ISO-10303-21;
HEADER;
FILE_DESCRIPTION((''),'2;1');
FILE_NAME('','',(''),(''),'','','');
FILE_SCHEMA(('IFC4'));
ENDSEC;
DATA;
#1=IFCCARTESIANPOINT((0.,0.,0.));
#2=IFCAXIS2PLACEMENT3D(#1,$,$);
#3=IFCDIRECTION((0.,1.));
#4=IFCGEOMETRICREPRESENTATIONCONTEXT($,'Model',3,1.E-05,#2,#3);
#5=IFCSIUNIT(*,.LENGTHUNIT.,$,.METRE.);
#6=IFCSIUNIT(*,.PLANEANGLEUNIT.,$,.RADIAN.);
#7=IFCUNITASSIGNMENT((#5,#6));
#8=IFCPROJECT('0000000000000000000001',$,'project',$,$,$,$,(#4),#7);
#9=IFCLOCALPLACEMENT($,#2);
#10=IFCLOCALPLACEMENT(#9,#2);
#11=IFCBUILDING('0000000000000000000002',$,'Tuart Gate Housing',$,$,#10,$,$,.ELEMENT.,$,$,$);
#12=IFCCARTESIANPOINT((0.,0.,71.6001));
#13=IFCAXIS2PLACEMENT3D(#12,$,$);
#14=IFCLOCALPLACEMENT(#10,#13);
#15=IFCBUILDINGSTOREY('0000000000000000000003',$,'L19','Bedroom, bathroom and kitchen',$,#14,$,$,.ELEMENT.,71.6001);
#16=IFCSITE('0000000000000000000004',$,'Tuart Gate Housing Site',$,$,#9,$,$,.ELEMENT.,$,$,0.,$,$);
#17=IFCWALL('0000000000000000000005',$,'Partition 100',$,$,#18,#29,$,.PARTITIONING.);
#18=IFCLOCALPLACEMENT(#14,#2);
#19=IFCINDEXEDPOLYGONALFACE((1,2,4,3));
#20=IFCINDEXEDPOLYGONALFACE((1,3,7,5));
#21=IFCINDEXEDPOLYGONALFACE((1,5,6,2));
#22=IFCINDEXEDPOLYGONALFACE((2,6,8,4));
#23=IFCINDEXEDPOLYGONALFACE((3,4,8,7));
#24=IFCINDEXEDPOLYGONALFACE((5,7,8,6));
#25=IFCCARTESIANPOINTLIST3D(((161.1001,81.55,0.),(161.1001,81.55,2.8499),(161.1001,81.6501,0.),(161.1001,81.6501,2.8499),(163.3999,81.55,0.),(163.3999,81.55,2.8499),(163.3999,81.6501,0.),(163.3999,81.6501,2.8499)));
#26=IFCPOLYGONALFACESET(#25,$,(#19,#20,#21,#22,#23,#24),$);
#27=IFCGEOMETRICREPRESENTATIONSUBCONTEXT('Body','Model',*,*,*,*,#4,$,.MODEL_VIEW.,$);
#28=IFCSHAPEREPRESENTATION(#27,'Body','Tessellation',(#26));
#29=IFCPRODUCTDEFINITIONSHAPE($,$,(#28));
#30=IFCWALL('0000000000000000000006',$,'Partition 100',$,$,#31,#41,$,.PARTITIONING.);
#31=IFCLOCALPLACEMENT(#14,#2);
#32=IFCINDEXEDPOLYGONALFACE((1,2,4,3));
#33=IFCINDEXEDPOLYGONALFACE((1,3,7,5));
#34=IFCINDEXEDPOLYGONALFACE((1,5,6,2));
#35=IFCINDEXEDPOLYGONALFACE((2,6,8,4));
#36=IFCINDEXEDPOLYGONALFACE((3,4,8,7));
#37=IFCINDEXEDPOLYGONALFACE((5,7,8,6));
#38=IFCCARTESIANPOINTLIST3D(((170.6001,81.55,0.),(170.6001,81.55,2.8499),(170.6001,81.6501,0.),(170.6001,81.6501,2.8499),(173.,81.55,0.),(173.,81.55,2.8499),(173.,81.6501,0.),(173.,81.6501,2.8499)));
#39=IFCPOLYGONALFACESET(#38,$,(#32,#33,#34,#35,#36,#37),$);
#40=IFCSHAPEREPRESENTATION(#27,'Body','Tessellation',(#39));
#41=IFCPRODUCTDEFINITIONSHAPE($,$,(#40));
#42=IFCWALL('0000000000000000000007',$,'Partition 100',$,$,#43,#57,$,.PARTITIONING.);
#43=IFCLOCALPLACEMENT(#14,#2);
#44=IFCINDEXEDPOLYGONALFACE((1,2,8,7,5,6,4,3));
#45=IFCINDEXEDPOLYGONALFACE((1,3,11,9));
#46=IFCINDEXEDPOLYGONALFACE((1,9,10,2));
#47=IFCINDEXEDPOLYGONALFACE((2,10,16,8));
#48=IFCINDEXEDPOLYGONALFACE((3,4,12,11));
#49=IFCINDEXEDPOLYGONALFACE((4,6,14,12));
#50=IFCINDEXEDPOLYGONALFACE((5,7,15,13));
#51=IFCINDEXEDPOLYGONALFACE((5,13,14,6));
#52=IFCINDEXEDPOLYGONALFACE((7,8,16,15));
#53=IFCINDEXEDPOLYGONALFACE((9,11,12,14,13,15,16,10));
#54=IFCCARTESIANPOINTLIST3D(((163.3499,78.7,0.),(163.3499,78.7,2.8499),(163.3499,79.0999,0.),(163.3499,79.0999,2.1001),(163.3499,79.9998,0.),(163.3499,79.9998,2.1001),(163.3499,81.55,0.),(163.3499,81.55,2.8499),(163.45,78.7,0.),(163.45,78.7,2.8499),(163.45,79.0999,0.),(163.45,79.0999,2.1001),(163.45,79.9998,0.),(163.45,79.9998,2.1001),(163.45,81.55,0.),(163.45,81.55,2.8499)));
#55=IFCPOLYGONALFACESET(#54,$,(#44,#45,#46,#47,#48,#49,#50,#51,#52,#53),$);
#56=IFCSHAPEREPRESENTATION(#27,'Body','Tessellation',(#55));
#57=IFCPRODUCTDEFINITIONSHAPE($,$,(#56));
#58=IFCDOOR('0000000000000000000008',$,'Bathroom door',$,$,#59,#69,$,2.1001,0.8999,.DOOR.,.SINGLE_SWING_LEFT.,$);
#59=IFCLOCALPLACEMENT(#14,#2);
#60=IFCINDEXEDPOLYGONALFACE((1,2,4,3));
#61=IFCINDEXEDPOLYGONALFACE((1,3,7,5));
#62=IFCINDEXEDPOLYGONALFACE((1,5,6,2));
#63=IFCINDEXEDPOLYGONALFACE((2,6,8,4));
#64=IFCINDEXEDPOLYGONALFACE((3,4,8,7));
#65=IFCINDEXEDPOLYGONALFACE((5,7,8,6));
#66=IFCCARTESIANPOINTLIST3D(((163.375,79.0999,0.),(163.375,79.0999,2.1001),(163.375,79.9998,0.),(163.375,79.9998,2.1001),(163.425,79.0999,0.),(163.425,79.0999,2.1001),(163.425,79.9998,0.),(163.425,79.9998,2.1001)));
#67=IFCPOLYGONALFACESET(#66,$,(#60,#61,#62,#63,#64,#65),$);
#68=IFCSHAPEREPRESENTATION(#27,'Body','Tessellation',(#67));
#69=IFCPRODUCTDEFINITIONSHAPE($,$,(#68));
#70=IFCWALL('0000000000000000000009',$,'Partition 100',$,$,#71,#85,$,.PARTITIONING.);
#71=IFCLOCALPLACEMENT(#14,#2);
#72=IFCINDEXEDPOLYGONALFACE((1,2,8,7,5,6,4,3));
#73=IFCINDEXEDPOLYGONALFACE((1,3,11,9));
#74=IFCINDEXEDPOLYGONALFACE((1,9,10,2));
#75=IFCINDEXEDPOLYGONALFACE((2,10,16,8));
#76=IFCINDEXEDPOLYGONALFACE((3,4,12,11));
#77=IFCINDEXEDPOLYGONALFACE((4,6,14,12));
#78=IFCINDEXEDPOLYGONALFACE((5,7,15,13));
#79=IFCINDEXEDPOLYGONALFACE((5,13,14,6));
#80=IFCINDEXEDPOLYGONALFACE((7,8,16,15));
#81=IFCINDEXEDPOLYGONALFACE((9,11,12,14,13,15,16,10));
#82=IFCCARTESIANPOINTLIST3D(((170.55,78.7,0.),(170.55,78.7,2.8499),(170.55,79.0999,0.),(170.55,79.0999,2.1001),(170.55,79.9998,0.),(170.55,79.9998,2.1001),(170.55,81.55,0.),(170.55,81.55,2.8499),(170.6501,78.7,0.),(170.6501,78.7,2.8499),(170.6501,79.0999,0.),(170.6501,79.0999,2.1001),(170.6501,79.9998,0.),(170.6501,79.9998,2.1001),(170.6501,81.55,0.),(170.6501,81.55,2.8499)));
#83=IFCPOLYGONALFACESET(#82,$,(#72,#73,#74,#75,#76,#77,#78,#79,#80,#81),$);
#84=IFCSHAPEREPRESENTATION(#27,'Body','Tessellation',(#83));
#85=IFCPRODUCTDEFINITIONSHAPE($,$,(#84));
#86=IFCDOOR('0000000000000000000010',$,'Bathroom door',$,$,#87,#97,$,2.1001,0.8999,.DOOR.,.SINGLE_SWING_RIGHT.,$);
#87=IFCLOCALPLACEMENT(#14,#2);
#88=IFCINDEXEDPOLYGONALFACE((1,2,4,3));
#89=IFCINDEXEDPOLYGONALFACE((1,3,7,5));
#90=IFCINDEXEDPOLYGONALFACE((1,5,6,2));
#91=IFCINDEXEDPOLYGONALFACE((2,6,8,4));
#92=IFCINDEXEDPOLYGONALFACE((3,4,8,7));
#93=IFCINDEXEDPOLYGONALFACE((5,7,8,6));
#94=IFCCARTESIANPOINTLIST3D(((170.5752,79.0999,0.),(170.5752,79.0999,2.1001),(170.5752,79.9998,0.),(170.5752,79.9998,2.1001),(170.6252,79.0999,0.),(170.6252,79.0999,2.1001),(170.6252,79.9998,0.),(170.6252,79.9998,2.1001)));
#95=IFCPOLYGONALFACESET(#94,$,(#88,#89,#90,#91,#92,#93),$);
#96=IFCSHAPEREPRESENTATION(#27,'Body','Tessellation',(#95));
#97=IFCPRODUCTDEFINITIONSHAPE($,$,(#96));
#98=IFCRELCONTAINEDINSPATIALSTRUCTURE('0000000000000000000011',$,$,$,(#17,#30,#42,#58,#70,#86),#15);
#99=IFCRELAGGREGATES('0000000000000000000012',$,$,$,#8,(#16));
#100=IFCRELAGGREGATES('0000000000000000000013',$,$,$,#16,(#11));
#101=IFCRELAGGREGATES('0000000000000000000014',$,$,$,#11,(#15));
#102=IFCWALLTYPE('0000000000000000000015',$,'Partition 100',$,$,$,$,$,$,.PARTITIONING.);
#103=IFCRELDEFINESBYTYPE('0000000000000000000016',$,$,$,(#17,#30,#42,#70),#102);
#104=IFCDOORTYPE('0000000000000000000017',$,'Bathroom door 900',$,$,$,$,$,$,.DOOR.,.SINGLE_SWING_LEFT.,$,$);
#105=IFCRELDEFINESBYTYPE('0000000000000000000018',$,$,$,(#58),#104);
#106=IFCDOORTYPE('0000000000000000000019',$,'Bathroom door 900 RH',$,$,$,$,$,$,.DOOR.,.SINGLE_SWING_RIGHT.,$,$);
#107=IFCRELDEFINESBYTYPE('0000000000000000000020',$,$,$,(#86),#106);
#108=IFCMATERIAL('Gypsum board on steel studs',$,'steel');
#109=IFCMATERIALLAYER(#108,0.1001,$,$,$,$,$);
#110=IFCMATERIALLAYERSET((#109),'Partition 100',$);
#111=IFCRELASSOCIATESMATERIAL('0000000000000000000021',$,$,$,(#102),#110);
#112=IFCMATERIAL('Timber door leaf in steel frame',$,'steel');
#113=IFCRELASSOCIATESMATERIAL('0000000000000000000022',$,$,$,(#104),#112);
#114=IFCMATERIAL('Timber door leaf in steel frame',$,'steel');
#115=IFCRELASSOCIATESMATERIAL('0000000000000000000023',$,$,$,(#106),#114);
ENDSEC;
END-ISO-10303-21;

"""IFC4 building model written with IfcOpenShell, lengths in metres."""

from ifc_helpers import new_model, si_unit, direction, frame, frame_2d, origin, place, context, subcontext, project, spatial, rectangle, extrude, material, layer, layer_set, type_object, element, fill, save


model = new_model("IFC4")

# Units and contexts
model_context = context("Model", 3, precision=1e-05, world=origin(), true_north=direction((0.0, 1.0)))
body_context = subcontext(model_context, "Body", "Model", "MODEL_VIEW")
ifc_project = project(units=[si_unit("LENGTHUNIT", "METRE"), si_unit("PLANEANGLEUNIT", "RADIAN")], contexts=[model_context])

# Site, building, storey
site_placement = place(None, origin())
site = spatial("IfcSite", under=ifc_project, at=site_placement, Name="Tuart Gate Housing Site", CompositionType="ELEMENT", RefElevation=0.0)
building_placement = place(site_placement, origin())
building = spatial("IfcBuilding", under=site, at=building_placement, Name="Tuart Gate Housing", CompositionType="ELEMENT")
storey_placement = place(building_placement, frame((0.0, 0.0, 71.6001)))
storey = spatial("IfcBuildingStorey", under=building, at=storey_placement, Name="L19", Description="Bedroom, bathroom and kitchen", CompositionType="ELEMENT", Elevation=71.6001)

# Walls
ifc_material_1 = material(Name="Gypsum board on steel studs", Category="steel")
ifc_layer = layer(ifc_material_1, 0.1001)
ifc_layer_set = layer_set([ifc_layer], Name="Partition 100")
wall_type = type_object("IfcWallType", Name="Partition 100", PredefinedType="PARTITIONING", material=ifc_layer_set)
wall_1_placement = place(storey_placement, frame((161.1001, 81.6001, 0.0), z_axis=(0.0, 0.0, 1.0), x_axis=(1.0, 0.0, 0.0)))
element("IfcWall", 1, at=wall_1_placement, inside=storey, type_object=wall_type, Name="Partition 100", PredefinedType="PARTITIONING", context=body_context, shape_type="SweptSolid", body=[
    extrude(rectangle(XDim=2.2998, YDim=0.1001, at=frame_2d((1.1499, 0.0))), origin(), (0.0, 0.0, 1.0), 2.8499),
])
wall_2_placement = place(storey_placement, frame((170.6001, 81.6001, 0.0), z_axis=(0.0, 0.0, 1.0), x_axis=(1.0, 0.0, 0.0)))
element("IfcWall", 2, at=wall_2_placement, inside=storey, type_object=wall_type, Name="Partition 100", PredefinedType="PARTITIONING", context=body_context, shape_type="SweptSolid", body=[
    extrude(rectangle(XDim=2.3999, YDim=0.1001, at=frame_2d((1.2, 0.0))), origin(), (0.0, 0.0, 1.0), 2.8499),
])

# Walls, openings, doors
wall_3_placement = place(storey_placement, frame((163.3999, 78.7, 0.0), z_axis=(0.0, 0.0, 1.0), x_axis=(0.0, 1.0, 0.0)))
wall_3 = element("IfcWall", 3, at=wall_3_placement, inside=storey, type_object=wall_type, Name="Partition 100", PredefinedType="PARTITIONING", context=body_context, shape_type="SweptSolid", body=[
    extrude(rectangle(XDim=2.8501, YDim=0.1001, at=frame_2d((1.425, 0.0))), origin(), (0.0, 0.0, 1.0), 2.8499),
])
opening_1_placement = place(wall_3_placement, frame((0.3999, 0.0, 0.0)))
opening_1 = element("IfcOpeningElement", 4, at=opening_1_placement, cuts=wall_3, PredefinedType="OPENING", context=body_context, shape_type="SweptSolid", body=[
    extrude(rectangle(XDim=0.8999, YDim=2.1001, at=frame_2d((0.45, 1.05))), frame((0.0, 0.0601, 0.0), z_axis=(0.0, -1.0, 0.0), x_axis=(1.0, 0.0, 0.0)), (0.0, 0.0, 1.0), 0.1201),
])
ifc_material_2 = material(Name="Timber door leaf in steel frame", Category="steel")
door_type_1 = type_object("IfcDoorType", Name="Bathroom door 900", OperationType="SINGLE_SWING_LEFT", PredefinedType="DOOR", material=ifc_material_2)
door_1_placement = place(opening_1_placement, origin())
door_1 = element("IfcDoor", 5, at=door_1_placement, inside=storey, type_object=door_type_1, Name="Bathroom door", OperationType="SINGLE_SWING_LEFT", OverallHeight=2.1001, OverallWidth=0.8999, PredefinedType="DOOR", context=body_context, shape_type="SweptSolid", body=[
    extrude(rectangle(XDim=0.8999, YDim=2.1001, at=frame_2d((0.45, 1.05))), frame((0.0, 0.0249, 0.0), z_axis=(0.0, -1.0, 0.0), x_axis=(1.0, 0.0, 0.0)), (0.0, 0.0, 1.0), 0.05),
])
fill(opening_1, door_1)
wall_4_placement = place(storey_placement, frame((170.6001, 78.7, 0.0), z_axis=(0.0, 0.0, 1.0), x_axis=(0.0, 1.0, 0.0)))
wall_4 = element("IfcWall", 6, at=wall_4_placement, inside=storey, type_object=wall_type, Name="Partition 100", PredefinedType="PARTITIONING", context=body_context, shape_type="SweptSolid", body=[
    extrude(rectangle(XDim=2.8501, YDim=0.1001, at=frame_2d((1.425, 0.0))), origin(), (0.0, 0.0, 1.0), 2.8499),
])
opening_2_placement = place(wall_4_placement, frame((0.3999, 0.0, 0.0)))
opening_2 = element("IfcOpeningElement", 7, at=opening_2_placement, cuts=wall_4, PredefinedType="OPENING", context=body_context, shape_type="SweptSolid", body=[
    extrude(rectangle(XDim=0.8999, YDim=2.1001, at=frame_2d((0.45, 1.05))), frame((0.0, 0.0601, 0.0), z_axis=(0.0, -1.0, 0.0), x_axis=(1.0, 0.0, 0.0)), (0.0, 0.0, 1.0), 0.1201),
])
ifc_material_3 = material(Name="Timber door leaf in steel frame", Category="steel")
door_type_2 = type_object("IfcDoorType", Name="Bathroom door 900 RH", OperationType="SINGLE_SWING_RIGHT", PredefinedType="DOOR", material=ifc_material_3)
door_2_placement = place(opening_2_placement, frame((0.8999, 0.0, 0.0), z_axis=(0.0, 0.0, 1.0), x_axis=(-1.0, 0.0, 0.0)))
door_2 = element("IfcDoor", 8, at=door_2_placement, inside=storey, type_object=door_type_2, Name="Bathroom door", OperationType="SINGLE_SWING_RIGHT", OverallHeight=2.1001, OverallWidth=0.8999, PredefinedType="DOOR", context=body_context, shape_type="SweptSolid", body=[
    extrude(rectangle(XDim=0.8999, YDim=2.1001, at=frame_2d((0.45, 1.05))), frame((0.0, 0.0251, 0.0), z_axis=(0.0, -1.0, 0.0), x_axis=(1.0, 0.0, 0.0)), (0.0, 0.0, 1.0), 0.05),
])
fill(opening_2, door_2)

save(model, "model.ifc")
